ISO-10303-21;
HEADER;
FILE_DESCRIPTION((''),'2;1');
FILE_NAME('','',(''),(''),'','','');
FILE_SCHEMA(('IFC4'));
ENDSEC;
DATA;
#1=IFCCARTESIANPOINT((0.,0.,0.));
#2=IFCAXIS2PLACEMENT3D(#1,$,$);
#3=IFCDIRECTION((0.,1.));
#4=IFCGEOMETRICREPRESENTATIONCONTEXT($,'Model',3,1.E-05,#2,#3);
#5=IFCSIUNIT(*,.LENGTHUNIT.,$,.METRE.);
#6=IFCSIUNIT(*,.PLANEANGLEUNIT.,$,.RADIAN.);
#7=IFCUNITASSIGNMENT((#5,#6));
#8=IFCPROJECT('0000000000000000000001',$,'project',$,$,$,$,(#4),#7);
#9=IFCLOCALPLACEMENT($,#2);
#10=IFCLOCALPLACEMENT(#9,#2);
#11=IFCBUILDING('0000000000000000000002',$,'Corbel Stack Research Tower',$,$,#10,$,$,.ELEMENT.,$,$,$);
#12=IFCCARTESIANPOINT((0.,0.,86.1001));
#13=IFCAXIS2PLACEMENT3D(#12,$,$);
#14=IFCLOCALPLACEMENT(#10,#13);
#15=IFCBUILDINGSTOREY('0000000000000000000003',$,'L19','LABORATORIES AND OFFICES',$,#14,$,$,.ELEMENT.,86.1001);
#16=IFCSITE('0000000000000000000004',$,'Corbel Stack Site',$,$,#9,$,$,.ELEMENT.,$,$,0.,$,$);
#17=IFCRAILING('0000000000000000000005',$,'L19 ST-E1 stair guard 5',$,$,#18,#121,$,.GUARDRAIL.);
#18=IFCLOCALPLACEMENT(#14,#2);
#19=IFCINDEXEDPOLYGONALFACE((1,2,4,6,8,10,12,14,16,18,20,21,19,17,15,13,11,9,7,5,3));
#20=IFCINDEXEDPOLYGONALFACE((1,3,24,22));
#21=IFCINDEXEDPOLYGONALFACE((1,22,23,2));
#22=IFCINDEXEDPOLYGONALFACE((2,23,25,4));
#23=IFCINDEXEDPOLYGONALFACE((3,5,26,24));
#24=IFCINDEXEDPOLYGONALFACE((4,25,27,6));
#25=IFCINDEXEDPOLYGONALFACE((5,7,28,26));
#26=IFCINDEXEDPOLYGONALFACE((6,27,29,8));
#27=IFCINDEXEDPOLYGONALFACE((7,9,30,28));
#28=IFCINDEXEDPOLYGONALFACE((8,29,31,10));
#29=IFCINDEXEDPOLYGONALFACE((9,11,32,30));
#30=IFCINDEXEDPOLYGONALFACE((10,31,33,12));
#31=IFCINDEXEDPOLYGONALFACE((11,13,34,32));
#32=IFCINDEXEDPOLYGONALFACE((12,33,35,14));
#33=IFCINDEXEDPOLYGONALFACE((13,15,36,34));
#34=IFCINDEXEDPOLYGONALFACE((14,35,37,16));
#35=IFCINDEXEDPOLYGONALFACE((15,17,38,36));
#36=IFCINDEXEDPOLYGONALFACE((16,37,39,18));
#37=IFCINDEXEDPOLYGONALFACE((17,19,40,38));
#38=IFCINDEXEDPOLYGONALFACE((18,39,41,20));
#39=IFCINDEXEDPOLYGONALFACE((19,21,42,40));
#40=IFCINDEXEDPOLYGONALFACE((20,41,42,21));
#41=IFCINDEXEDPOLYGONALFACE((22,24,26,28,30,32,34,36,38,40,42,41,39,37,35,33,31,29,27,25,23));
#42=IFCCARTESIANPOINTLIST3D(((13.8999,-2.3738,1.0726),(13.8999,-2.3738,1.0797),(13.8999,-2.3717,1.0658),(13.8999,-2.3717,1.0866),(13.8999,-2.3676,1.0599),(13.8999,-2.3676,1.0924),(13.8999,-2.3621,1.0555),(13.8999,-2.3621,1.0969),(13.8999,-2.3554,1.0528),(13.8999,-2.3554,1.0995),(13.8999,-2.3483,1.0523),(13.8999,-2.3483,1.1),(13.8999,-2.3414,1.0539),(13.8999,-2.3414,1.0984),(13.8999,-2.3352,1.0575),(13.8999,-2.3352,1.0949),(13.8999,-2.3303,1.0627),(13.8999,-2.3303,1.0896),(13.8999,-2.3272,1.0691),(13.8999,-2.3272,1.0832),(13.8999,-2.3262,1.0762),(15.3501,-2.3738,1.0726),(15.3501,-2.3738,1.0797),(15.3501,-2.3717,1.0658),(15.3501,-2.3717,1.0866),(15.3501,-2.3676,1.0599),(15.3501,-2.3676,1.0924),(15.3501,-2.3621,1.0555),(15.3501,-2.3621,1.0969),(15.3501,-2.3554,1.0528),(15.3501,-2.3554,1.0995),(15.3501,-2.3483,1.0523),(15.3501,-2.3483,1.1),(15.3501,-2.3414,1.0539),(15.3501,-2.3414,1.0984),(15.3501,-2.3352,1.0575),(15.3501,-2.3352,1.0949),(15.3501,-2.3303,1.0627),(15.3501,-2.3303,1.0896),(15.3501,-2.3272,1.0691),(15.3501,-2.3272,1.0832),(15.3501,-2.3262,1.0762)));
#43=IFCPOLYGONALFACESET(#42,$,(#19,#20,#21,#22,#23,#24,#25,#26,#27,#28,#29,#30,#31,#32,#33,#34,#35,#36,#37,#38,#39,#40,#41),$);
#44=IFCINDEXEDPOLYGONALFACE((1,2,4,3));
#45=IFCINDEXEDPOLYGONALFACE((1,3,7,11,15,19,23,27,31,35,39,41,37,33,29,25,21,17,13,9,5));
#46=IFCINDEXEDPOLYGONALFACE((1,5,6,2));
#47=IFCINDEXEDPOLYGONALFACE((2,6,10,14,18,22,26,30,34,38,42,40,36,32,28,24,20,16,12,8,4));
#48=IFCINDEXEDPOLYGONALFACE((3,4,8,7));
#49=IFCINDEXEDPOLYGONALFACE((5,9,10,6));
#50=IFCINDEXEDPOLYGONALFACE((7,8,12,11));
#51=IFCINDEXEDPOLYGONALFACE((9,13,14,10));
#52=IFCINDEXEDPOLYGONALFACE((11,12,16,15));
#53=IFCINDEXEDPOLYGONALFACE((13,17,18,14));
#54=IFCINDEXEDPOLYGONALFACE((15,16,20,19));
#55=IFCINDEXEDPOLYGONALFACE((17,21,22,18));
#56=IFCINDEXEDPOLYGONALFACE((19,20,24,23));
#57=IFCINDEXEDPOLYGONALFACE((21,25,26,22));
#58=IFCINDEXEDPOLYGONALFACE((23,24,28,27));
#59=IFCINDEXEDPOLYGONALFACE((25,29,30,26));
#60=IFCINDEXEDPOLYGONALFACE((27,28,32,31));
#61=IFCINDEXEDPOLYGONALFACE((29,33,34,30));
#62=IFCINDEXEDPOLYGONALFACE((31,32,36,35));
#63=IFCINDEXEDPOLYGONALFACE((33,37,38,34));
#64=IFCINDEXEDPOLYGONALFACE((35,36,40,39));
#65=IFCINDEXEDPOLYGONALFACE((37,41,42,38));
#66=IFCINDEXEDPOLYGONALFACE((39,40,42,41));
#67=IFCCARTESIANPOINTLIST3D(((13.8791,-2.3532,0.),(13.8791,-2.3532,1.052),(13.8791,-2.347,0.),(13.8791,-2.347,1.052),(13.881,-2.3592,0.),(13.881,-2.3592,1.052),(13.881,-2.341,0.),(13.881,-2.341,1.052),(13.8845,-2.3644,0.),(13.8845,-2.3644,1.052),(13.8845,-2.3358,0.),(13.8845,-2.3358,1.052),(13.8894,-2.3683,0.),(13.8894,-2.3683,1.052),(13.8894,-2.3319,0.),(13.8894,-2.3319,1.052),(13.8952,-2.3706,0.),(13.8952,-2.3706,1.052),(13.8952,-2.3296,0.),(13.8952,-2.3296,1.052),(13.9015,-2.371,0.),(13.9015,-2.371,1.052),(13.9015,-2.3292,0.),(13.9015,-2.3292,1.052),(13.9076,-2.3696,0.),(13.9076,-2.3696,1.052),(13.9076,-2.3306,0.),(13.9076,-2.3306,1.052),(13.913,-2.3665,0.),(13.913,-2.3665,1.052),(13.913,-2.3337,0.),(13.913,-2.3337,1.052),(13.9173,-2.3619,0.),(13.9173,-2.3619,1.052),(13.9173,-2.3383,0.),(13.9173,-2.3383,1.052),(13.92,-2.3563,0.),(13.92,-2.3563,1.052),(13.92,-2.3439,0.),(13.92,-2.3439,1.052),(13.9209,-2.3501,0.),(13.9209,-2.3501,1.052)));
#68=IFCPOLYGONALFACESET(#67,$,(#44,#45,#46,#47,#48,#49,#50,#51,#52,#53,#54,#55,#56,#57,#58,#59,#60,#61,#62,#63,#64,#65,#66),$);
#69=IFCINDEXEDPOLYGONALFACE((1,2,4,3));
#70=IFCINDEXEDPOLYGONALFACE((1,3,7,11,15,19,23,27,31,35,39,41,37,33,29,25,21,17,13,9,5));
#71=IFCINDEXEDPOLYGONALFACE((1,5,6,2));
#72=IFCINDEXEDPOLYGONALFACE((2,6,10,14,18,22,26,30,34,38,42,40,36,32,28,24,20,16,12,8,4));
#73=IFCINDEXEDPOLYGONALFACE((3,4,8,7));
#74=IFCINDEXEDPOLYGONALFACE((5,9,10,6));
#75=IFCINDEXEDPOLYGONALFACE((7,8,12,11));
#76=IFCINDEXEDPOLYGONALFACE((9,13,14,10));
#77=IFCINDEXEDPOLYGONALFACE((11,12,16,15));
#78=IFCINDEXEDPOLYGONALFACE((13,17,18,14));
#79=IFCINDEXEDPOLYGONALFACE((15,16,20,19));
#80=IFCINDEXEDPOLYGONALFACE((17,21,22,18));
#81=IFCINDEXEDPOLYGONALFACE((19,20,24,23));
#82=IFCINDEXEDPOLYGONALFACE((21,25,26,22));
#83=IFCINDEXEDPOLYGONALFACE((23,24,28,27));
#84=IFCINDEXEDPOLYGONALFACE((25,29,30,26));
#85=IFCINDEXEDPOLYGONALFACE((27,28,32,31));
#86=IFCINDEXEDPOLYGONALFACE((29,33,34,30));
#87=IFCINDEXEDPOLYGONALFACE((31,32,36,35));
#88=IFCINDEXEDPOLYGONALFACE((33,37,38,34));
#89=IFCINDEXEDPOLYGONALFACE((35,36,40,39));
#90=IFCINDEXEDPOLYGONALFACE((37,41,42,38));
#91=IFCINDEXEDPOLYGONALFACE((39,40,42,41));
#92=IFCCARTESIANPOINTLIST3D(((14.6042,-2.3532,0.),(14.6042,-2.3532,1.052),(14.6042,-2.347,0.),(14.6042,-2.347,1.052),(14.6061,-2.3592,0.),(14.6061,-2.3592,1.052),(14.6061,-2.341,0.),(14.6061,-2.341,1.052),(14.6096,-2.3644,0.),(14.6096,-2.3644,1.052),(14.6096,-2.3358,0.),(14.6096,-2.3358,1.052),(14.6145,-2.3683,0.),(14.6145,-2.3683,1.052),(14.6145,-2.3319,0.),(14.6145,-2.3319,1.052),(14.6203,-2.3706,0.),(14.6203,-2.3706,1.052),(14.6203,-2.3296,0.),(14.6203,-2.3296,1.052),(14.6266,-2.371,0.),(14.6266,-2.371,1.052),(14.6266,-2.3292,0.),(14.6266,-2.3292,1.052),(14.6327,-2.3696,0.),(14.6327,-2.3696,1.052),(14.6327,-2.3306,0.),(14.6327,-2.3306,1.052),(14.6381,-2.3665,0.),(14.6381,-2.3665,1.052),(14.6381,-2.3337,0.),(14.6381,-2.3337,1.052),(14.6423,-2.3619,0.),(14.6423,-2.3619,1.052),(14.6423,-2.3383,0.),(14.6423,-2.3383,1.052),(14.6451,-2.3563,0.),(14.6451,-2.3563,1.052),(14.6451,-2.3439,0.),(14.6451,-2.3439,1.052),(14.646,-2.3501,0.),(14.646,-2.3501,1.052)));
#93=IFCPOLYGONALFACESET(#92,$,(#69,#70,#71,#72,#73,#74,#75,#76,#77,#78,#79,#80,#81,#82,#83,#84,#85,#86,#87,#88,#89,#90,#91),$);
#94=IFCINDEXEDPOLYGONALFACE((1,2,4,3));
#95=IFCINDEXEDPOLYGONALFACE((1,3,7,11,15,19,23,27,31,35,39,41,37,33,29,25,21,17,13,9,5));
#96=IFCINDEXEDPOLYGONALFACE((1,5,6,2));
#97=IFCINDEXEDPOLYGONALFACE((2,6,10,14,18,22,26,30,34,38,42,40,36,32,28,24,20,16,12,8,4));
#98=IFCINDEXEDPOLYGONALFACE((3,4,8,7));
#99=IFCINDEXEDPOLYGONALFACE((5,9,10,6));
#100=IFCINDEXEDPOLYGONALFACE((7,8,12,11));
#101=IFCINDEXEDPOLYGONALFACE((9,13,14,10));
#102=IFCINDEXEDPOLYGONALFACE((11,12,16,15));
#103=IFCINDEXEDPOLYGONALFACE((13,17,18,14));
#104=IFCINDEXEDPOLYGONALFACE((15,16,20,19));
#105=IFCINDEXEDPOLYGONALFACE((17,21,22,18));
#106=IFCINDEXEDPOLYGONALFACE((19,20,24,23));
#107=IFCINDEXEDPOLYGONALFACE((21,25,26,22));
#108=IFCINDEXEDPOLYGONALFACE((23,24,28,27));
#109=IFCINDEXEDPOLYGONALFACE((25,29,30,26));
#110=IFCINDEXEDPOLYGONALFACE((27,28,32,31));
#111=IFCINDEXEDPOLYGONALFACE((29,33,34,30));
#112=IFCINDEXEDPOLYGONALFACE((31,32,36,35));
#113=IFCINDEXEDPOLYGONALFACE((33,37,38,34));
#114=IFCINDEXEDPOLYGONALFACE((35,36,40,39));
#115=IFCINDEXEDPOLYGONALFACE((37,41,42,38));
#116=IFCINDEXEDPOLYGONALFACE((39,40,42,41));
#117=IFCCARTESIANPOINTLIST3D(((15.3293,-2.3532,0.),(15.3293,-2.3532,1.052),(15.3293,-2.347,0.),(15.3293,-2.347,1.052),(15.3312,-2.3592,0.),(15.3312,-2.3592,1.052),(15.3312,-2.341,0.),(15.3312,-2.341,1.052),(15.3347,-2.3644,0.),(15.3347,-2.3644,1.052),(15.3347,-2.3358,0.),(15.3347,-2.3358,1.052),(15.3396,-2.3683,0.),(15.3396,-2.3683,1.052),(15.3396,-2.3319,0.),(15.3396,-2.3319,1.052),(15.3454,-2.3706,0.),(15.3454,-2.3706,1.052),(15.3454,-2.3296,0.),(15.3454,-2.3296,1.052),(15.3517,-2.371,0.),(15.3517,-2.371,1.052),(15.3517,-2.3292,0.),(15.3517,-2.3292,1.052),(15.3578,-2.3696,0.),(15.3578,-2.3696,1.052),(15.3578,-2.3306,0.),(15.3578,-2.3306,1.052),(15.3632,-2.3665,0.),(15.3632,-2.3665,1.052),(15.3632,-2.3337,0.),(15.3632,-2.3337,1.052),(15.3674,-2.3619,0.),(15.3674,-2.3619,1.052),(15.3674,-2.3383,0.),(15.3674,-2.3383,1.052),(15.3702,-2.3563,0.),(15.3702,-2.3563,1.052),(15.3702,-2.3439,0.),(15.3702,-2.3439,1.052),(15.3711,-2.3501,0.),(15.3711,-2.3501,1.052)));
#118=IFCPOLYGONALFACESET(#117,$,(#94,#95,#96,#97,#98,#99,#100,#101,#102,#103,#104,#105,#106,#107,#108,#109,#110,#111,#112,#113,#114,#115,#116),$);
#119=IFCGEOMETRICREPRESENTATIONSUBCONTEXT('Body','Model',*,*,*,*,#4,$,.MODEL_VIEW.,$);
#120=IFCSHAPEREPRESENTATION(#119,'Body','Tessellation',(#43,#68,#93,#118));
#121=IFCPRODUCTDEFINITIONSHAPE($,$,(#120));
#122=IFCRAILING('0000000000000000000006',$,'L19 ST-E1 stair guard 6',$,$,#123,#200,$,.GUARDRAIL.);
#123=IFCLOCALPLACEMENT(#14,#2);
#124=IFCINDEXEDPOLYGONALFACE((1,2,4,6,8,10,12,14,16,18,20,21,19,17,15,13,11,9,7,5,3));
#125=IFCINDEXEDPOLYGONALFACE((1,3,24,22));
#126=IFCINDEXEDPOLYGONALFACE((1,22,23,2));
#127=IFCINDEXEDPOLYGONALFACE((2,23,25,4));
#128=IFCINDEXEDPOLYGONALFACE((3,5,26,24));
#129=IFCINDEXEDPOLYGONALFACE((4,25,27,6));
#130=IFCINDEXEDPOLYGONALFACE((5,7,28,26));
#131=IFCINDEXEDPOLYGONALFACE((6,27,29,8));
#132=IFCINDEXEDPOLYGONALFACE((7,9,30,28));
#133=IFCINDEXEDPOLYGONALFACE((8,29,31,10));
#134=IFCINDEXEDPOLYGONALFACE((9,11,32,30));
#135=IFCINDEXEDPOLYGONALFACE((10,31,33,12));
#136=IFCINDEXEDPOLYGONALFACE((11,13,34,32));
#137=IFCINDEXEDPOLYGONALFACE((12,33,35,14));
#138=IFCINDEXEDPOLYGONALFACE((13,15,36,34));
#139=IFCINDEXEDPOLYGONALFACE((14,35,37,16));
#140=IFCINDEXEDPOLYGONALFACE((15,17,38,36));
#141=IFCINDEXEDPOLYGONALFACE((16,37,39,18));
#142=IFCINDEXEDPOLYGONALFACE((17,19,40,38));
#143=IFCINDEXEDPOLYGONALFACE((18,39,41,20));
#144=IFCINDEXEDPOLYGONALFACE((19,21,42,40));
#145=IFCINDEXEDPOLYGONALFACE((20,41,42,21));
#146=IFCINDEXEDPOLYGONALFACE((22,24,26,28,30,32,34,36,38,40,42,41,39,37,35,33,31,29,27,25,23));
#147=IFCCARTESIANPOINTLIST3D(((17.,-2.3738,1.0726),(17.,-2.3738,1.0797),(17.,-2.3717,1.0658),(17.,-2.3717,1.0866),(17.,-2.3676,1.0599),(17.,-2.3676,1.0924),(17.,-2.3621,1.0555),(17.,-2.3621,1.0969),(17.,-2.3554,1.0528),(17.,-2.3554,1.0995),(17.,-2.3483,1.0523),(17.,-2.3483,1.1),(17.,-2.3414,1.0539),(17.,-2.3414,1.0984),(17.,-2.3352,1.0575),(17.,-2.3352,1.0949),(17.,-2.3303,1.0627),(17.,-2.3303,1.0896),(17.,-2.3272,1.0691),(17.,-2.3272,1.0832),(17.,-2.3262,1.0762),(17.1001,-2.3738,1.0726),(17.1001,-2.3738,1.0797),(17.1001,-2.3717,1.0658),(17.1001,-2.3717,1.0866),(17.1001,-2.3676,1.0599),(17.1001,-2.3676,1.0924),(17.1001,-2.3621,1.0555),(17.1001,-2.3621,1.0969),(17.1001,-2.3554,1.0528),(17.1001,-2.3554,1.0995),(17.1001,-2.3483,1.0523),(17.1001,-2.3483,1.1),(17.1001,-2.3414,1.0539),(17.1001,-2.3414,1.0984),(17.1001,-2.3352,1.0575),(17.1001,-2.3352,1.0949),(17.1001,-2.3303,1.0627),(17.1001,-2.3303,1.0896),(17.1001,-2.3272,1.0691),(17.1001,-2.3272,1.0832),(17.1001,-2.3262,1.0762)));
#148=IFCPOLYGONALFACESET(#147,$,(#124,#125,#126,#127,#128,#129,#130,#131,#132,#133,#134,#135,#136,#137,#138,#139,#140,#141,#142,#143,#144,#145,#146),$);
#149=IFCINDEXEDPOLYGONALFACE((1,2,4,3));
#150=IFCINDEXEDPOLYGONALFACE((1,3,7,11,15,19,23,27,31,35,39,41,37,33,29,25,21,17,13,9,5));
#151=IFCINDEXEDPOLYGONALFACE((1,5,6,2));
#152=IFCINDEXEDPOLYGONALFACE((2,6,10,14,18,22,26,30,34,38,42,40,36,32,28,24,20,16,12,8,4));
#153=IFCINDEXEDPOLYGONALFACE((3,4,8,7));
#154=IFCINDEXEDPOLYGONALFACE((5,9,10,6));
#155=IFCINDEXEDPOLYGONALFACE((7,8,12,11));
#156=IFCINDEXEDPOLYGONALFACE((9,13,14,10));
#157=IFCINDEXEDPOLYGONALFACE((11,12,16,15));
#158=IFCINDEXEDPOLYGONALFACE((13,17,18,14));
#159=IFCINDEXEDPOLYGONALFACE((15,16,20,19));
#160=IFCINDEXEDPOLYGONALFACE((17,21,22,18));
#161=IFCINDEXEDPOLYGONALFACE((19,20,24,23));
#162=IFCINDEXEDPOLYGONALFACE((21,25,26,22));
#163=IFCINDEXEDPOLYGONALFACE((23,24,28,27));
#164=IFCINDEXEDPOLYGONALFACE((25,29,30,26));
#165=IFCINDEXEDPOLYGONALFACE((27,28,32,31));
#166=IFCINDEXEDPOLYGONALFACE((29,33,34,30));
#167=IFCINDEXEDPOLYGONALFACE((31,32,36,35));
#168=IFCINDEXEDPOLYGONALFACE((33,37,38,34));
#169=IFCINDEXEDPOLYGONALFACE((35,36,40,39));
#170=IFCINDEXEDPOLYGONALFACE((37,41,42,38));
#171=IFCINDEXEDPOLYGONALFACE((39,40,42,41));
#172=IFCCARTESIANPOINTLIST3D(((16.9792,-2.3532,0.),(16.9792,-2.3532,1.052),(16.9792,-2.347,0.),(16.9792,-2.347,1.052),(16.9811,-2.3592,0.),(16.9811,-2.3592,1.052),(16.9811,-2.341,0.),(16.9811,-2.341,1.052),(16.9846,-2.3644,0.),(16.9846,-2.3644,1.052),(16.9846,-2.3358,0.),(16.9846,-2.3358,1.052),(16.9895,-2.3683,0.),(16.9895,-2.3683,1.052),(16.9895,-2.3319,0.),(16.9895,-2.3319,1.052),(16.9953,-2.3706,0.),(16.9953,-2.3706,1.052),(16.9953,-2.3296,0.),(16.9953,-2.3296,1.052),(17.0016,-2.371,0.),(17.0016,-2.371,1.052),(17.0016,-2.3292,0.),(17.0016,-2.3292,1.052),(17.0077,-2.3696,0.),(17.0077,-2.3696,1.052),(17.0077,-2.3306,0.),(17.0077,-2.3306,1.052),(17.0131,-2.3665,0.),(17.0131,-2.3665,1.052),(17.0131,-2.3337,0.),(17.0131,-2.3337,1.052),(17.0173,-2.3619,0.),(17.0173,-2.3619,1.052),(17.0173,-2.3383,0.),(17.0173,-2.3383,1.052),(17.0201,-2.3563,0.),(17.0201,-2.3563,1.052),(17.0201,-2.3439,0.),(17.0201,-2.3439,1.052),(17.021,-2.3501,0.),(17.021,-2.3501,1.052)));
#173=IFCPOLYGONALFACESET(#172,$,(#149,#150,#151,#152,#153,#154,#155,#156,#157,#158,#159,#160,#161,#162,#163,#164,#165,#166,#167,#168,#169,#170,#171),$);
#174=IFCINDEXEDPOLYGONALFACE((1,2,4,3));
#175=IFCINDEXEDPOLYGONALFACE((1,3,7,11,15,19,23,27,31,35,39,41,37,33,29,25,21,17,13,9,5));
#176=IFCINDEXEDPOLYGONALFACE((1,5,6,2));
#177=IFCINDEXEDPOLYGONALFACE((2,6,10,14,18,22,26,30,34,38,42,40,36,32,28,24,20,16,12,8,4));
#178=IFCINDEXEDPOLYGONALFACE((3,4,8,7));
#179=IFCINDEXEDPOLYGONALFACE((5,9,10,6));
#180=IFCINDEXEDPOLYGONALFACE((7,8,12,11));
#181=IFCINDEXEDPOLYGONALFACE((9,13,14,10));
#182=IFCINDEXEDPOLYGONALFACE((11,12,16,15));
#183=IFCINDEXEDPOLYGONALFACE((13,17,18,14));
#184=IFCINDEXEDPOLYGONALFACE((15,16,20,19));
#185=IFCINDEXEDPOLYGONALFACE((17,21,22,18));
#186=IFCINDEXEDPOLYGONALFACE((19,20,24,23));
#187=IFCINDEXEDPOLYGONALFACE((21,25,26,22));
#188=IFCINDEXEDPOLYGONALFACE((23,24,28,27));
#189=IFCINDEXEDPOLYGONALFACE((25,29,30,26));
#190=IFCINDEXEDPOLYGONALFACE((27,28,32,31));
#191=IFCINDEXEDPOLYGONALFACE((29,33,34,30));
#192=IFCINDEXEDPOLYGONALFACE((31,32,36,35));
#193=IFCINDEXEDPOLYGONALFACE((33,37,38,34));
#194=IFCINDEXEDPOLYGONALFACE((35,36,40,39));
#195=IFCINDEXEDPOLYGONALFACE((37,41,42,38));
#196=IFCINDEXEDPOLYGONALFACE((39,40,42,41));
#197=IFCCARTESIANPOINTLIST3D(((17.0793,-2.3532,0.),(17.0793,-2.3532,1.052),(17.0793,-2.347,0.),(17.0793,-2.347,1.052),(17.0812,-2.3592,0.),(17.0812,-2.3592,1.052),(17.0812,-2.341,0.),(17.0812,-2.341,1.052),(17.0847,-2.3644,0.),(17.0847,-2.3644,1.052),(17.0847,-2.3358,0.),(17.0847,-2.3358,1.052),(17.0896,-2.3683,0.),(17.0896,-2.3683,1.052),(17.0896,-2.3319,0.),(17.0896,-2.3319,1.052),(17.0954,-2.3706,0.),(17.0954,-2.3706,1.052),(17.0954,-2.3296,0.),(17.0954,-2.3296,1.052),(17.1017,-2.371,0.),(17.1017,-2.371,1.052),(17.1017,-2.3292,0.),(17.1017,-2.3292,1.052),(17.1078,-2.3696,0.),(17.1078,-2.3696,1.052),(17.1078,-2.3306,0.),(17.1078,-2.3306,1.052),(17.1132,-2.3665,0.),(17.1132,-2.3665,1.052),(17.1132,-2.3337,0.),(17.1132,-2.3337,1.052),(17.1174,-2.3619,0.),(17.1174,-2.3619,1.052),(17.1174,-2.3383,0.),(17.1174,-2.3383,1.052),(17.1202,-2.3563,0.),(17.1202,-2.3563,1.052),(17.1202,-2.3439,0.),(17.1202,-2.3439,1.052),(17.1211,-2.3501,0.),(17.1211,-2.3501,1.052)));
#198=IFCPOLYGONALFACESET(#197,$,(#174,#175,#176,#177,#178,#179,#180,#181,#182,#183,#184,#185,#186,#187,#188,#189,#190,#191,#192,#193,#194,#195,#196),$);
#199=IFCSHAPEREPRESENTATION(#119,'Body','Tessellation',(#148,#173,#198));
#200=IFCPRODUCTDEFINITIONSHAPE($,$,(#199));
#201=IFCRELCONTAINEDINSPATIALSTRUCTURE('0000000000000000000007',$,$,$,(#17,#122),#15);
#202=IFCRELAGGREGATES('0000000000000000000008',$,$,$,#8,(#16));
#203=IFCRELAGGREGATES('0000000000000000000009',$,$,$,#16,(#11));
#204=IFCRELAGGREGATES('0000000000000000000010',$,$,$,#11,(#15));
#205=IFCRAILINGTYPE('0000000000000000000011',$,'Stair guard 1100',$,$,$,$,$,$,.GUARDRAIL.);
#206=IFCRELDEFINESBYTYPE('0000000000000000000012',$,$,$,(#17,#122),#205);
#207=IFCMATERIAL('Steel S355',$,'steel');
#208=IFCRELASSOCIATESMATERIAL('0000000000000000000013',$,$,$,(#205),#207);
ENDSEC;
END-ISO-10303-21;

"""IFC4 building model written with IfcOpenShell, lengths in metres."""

from ifc_helpers import new_model, si_unit, direction, frame, origin, origin_2d, place, context, subcontext, project, spatial, circle, extrude, material, type_object, element, save


model = new_model("IFC4")

# Units and contexts
model_context = context("Model", 3, precision=1e-05, world=origin(), true_north=direction((0.0, 1.0)))
body_context = subcontext(model_context, "Body", "Model", "MODEL_VIEW")
ifc_project = project(units=[si_unit("LENGTHUNIT", "METRE"), si_unit("PLANEANGLEUNIT", "RADIAN")], contexts=[model_context])

# Site, building, storey
site_placement = place(None, origin())
site = spatial("IfcSite", under=ifc_project, at=site_placement, Name="Corbel Stack Site", CompositionType="ELEMENT", RefElevation=0.0)
building_placement = place(site_placement, origin())
building = spatial("IfcBuilding", under=site, at=building_placement, Name="Corbel Stack Research Tower", CompositionType="ELEMENT")
storey_placement = place(building_placement, frame((0.0, 0.0, 86.1001)))
storey = spatial("IfcBuildingStorey", under=building, at=storey_placement, Name="L19", Description="LABORATORIES AND OFFICES", CompositionType="ELEMENT", Elevation=86.1001)

# Railings
ifc_material_1 = material(Name="Steel S355", Category="steel")
railing_type_1 = type_object("IfcRailingType", Name="Stair guard 1100", PredefinedType="GUARDRAIL", material=ifc_material_1)
railing_1_placement = place(storey_placement, frame((13.8999, -2.3501, 0.0)))
element("IfcRailing", 1, at=railing_1_placement, inside=storey, type_object=railing_type_1, Name="L19 ST-E1 stair guard 5", PredefinedType="GUARDRAIL", context=body_context, shape_type="SweptSolid", body=[
    extrude(circle(Radius=0.0239, at=origin_2d()), frame((0.0, 0.0, 1.0762), z_axis=(1.0, 0.0, 0.0), x_axis=(0.0, 1.0, 0.0)), (0.0, 0.0, 1.0), 1.4502),
    extrude(circle(Radius=0.021, at=origin_2d()), origin(), (0.0, 0.0, 1.0), 1.052),
    extrude(circle(Radius=0.021, at=origin_2d()), frame((0.7251, 0.0, 0.0)), (0.0, 0.0, 1.0), 1.052),
    extrude(circle(Radius=0.021, at=origin_2d()), frame((1.4502, 0.0, 0.0)), (0.0, 0.0, 1.0), 1.052),
])
railing_2_placement = place(storey_placement, frame((17.0, -2.3501, 0.0)))
element("IfcRailing", 2, at=railing_2_placement, inside=storey, type_object=railing_type_1, Name="L19 ST-E1 stair guard 6", PredefinedType="GUARDRAIL", context=body_context, shape_type="SweptSolid", body=[
    extrude(circle(Radius=0.0239, at=origin_2d()), frame((0.0, 0.0, 1.0762), z_axis=(1.0, 0.0, 0.0), x_axis=(0.0, 1.0, 0.0)), (0.0, 0.0, 1.0), 0.1001),
    extrude(circle(Radius=0.021, at=origin_2d()), origin(), (0.0, 0.0, 1.0), 1.052),
    extrude(circle(Radius=0.021, at=origin_2d()), frame((0.1001, 0.0, 0.0)), (0.0, 0.0, 1.0), 1.052),
])

save(model, "model.ifc")
